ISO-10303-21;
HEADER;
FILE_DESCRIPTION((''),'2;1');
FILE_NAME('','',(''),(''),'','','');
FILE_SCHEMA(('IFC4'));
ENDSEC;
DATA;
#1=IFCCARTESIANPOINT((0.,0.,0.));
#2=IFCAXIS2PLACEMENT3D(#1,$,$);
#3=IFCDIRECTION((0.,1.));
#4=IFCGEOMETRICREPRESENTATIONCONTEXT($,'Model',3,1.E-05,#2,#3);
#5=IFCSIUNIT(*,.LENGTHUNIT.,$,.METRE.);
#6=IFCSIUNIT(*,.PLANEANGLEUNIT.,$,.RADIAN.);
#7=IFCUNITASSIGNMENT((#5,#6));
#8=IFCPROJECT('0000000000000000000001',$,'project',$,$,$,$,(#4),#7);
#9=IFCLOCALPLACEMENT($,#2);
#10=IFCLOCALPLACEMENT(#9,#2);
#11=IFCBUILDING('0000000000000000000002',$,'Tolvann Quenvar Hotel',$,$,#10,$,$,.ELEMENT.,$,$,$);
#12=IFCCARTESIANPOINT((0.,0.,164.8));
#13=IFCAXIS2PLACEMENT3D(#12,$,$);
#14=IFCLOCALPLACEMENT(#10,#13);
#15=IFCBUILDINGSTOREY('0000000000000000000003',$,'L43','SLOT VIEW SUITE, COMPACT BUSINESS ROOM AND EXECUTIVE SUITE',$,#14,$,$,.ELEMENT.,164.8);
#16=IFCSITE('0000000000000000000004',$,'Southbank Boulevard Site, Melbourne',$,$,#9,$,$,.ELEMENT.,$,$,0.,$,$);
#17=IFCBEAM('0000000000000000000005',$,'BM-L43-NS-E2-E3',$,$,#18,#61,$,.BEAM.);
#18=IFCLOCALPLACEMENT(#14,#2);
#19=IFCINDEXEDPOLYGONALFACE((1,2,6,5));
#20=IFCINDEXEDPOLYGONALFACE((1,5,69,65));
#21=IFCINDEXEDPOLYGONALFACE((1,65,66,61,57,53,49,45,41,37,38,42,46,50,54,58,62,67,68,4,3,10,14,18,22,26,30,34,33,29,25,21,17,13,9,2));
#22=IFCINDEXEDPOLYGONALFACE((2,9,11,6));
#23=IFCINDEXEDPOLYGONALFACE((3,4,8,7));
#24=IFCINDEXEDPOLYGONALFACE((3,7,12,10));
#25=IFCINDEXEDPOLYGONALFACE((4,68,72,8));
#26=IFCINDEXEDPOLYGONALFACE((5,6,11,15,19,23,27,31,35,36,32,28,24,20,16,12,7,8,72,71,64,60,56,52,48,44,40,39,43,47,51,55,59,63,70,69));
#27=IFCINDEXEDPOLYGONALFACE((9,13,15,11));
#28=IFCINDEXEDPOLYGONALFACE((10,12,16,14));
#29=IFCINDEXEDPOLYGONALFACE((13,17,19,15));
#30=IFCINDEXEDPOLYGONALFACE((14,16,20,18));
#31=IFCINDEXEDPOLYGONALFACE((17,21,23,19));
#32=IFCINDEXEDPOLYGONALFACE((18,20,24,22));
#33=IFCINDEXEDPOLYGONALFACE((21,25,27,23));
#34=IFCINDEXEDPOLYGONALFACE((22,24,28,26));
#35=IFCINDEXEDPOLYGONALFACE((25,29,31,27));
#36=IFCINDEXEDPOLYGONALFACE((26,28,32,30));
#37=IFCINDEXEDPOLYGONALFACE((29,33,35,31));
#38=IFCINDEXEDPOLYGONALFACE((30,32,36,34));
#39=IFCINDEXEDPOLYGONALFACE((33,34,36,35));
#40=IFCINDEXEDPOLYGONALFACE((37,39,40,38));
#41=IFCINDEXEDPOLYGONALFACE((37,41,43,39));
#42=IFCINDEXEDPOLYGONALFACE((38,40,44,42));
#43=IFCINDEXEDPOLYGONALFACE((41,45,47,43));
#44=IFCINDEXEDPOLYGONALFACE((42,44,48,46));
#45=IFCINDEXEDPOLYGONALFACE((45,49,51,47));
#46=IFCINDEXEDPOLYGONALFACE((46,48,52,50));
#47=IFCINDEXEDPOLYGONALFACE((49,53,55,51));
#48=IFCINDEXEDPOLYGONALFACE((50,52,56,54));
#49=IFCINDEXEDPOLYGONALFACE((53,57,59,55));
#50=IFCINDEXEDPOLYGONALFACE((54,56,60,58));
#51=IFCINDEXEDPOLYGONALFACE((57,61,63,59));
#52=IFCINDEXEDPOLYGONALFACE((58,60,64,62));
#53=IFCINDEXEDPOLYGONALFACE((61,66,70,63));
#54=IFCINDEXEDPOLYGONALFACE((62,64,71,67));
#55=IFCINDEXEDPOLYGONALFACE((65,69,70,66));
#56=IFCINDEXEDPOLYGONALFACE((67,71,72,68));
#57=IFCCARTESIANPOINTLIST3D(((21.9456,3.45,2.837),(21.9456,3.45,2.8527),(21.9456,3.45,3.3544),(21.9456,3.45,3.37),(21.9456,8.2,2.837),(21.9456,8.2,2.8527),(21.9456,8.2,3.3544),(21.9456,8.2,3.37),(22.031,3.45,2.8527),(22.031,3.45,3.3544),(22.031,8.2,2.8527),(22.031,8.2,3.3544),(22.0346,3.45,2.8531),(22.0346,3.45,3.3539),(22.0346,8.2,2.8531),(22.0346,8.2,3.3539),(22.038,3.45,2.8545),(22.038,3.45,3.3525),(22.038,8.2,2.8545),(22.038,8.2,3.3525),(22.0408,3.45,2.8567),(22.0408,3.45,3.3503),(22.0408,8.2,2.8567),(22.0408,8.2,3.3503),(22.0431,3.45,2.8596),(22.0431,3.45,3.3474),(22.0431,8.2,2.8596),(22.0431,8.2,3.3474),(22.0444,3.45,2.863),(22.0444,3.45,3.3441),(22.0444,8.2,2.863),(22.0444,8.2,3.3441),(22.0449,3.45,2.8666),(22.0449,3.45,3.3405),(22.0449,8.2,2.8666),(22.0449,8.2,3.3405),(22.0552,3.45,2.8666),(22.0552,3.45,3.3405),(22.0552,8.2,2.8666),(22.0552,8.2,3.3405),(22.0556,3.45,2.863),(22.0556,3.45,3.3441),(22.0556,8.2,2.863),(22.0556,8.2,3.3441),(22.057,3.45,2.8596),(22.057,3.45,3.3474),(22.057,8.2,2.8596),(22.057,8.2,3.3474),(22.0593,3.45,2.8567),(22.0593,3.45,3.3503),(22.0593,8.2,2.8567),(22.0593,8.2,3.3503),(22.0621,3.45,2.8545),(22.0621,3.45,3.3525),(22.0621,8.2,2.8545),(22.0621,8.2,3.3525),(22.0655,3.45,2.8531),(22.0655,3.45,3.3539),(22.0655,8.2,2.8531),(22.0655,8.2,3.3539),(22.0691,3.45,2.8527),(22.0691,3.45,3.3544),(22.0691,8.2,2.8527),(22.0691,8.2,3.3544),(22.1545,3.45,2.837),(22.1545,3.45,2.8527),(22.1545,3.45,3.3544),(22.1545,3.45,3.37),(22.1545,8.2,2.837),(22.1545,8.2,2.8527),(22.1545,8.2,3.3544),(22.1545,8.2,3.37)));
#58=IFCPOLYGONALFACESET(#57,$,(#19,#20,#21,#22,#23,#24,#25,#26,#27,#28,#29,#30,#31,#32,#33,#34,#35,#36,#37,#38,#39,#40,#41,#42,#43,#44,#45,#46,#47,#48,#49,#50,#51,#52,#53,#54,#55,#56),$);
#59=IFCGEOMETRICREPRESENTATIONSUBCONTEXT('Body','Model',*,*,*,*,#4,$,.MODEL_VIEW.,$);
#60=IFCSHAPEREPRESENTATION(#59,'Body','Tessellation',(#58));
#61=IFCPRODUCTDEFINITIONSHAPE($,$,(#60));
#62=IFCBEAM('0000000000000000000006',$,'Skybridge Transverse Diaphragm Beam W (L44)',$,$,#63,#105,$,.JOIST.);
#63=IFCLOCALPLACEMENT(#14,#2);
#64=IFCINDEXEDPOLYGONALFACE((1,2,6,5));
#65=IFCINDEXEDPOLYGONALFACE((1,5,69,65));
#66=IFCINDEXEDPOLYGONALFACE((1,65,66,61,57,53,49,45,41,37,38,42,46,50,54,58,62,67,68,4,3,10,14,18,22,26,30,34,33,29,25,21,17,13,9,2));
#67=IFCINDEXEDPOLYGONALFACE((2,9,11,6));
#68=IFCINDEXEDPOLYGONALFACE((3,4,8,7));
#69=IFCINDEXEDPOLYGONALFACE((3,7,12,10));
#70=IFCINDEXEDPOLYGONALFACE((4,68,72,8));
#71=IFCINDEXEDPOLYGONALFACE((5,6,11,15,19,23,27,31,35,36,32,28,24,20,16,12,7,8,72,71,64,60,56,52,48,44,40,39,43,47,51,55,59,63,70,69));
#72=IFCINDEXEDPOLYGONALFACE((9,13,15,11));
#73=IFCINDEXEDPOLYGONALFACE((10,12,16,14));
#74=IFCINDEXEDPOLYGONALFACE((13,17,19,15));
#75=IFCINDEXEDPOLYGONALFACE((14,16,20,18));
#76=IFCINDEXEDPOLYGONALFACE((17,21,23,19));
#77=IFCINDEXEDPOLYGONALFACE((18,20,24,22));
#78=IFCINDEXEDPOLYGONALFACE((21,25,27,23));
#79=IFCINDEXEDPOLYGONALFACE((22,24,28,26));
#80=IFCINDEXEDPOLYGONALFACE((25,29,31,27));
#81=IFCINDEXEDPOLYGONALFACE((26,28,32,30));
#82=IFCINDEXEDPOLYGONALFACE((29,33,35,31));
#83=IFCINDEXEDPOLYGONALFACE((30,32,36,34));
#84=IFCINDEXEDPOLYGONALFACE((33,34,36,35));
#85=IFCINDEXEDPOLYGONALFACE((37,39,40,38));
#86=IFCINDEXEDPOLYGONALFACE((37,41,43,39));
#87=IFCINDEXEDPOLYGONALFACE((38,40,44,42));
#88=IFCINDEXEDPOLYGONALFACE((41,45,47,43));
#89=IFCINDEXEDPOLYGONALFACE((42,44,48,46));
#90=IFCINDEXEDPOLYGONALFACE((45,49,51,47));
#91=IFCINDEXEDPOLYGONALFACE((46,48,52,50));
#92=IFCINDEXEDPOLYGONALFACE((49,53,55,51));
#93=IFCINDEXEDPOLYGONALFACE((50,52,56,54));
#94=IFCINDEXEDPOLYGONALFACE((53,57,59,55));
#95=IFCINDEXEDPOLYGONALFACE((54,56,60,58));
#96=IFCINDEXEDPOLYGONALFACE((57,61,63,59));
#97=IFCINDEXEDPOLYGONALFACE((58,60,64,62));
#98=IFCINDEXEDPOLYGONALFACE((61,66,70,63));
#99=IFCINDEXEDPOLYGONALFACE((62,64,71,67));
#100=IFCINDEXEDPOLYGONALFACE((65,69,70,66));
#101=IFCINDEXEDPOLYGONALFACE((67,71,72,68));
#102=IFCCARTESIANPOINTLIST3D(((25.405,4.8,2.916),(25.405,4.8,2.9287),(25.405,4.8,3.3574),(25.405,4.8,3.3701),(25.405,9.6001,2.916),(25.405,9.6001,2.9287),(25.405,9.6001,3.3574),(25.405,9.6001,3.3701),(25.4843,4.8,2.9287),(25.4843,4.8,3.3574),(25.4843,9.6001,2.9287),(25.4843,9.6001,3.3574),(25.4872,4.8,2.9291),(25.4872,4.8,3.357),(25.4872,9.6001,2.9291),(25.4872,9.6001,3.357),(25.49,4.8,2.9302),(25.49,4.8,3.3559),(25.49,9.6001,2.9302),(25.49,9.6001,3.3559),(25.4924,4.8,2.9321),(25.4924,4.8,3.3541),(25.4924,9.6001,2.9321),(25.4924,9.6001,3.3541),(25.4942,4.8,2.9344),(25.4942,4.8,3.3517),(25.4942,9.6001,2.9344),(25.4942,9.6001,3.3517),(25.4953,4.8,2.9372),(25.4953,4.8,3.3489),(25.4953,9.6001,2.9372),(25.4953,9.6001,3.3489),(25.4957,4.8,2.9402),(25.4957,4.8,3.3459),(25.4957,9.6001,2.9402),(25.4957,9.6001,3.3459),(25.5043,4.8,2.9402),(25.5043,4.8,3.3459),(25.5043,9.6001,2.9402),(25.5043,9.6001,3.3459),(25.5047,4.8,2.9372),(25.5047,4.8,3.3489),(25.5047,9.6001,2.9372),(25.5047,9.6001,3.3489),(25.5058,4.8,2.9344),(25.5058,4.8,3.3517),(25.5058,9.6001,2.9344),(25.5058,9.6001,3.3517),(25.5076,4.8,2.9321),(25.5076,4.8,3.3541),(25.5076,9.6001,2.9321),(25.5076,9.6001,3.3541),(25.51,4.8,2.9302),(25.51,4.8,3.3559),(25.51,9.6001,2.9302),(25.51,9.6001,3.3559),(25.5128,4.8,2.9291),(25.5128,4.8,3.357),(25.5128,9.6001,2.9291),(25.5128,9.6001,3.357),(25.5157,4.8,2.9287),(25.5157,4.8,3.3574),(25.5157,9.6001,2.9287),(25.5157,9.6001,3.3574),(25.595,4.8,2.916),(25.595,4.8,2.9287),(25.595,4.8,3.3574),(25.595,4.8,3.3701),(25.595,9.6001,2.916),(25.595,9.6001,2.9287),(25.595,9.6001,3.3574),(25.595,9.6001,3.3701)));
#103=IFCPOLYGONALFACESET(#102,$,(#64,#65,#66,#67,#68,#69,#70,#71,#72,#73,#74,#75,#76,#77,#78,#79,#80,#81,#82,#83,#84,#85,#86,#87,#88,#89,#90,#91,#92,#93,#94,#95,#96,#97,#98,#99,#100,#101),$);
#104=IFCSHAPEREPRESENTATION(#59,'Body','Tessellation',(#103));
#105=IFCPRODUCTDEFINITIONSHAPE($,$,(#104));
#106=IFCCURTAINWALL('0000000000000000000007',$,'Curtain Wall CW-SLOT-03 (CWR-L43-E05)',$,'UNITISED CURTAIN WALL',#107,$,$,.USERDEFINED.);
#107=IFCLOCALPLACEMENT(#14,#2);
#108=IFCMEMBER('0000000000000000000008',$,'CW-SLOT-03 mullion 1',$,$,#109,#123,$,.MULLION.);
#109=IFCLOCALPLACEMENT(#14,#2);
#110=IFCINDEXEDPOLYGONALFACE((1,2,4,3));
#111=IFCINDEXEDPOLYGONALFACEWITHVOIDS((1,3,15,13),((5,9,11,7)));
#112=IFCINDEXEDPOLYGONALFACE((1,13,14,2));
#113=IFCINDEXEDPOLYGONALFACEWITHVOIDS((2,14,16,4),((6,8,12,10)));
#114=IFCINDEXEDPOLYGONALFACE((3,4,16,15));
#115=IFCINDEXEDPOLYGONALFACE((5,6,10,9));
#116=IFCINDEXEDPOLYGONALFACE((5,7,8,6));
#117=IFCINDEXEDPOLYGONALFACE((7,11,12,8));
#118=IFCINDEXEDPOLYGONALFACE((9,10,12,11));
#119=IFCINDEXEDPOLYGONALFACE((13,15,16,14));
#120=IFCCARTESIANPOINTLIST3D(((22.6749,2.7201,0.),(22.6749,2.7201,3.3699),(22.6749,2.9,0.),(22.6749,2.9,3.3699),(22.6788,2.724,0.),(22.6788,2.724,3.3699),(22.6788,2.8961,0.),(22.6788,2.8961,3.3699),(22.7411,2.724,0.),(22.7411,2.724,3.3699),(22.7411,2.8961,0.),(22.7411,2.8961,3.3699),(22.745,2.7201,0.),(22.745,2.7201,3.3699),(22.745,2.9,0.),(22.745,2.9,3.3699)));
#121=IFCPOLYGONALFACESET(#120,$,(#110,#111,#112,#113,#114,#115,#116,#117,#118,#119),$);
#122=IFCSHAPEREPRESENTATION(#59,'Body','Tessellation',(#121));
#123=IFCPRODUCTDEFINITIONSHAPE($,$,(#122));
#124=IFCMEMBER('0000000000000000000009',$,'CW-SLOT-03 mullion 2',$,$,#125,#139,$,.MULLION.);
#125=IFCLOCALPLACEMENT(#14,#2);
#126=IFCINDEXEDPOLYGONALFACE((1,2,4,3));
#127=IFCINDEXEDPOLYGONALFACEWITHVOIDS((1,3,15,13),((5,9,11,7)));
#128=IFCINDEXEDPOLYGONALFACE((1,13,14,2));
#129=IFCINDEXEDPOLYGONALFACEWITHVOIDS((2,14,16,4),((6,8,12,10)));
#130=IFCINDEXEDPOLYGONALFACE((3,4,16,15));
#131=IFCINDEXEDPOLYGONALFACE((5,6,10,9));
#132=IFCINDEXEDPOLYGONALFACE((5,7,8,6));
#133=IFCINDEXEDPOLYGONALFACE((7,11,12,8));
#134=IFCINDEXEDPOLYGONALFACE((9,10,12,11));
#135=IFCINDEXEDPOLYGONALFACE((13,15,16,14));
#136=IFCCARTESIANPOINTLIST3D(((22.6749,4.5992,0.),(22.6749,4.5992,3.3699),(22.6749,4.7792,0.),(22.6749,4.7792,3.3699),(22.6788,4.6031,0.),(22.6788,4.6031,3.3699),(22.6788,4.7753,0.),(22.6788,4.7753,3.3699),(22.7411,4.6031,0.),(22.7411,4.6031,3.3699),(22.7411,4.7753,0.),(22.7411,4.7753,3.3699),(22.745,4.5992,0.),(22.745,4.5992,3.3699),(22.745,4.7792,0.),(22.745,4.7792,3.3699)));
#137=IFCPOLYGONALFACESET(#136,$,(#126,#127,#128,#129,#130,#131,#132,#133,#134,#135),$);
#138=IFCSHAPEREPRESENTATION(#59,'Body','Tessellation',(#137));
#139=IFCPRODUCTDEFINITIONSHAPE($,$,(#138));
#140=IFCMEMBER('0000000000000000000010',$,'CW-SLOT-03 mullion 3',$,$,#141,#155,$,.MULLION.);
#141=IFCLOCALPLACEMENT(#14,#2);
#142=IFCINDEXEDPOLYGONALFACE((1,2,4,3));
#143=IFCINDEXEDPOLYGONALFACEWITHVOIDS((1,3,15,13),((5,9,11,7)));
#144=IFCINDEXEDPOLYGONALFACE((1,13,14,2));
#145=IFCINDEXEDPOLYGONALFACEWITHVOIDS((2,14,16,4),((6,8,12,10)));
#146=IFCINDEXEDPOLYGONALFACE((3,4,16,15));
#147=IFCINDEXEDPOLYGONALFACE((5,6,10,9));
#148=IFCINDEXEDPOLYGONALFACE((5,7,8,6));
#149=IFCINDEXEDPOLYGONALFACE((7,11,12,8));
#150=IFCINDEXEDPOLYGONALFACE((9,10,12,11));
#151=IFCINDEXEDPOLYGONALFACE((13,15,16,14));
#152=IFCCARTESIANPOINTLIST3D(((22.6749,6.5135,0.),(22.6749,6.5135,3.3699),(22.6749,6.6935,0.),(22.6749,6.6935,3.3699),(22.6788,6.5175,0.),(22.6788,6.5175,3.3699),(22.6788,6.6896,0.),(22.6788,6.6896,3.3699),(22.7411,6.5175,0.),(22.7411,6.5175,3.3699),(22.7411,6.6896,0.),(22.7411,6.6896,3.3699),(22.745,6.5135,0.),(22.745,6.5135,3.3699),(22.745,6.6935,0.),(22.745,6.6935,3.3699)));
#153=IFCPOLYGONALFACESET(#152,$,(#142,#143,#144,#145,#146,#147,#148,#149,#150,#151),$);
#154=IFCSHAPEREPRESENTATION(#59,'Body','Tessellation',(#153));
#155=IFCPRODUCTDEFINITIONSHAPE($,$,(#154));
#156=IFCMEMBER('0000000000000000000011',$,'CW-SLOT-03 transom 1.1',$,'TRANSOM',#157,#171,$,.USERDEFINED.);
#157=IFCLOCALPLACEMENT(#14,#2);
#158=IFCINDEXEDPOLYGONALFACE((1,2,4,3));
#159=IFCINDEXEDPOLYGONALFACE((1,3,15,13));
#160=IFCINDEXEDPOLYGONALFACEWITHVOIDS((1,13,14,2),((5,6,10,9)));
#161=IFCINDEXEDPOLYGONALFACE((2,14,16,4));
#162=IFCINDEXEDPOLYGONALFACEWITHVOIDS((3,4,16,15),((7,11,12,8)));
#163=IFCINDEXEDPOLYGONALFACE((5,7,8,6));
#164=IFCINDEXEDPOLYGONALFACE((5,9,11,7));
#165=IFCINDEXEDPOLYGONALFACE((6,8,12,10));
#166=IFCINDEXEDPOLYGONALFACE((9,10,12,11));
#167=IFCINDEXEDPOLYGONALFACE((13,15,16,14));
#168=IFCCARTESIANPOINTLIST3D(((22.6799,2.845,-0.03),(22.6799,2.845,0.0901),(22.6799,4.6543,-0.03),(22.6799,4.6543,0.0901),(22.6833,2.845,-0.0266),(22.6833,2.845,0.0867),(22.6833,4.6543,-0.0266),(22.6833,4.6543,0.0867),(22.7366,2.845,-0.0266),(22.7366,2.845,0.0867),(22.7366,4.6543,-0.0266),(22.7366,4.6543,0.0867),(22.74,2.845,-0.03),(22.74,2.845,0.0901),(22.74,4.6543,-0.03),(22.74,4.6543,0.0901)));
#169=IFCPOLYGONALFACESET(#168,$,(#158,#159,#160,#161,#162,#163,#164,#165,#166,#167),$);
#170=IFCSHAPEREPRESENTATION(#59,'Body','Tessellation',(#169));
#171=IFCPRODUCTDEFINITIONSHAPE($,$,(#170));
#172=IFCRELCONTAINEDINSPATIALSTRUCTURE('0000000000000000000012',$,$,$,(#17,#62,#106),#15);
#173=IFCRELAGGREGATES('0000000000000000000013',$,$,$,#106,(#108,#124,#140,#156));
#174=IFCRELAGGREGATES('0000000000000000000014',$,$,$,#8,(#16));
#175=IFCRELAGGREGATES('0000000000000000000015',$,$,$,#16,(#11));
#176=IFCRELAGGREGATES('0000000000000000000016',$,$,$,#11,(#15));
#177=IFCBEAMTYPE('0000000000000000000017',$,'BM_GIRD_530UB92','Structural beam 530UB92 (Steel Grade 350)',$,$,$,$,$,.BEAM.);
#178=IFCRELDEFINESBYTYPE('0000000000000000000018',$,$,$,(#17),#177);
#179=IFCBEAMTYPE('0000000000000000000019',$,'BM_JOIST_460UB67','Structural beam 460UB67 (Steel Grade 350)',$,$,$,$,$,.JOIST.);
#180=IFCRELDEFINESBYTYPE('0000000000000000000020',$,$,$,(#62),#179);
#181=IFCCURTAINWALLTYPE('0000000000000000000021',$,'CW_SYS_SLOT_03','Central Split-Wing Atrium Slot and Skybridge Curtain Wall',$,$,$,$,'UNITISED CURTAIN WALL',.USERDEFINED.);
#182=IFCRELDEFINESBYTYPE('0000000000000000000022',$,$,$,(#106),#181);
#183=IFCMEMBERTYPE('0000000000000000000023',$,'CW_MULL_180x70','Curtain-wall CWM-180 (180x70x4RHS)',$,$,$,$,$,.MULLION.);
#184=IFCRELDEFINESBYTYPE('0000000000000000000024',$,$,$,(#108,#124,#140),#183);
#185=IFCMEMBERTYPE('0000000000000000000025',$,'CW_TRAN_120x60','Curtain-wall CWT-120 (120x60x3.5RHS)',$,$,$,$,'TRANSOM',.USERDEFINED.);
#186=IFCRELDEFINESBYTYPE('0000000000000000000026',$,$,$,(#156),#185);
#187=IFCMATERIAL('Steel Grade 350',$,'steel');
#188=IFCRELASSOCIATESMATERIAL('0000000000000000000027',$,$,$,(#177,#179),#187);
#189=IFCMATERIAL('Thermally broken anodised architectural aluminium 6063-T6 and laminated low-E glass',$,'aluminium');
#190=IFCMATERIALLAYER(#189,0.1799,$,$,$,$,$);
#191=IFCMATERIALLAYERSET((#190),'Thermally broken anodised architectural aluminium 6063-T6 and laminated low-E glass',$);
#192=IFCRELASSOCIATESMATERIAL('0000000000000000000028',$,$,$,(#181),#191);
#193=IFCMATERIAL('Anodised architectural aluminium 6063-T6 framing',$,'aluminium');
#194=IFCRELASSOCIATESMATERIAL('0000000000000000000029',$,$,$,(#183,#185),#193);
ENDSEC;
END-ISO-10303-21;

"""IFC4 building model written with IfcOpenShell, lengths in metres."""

from ifc_helpers import new_model, si_unit, direction, frame, origin, origin_2d, place, context, subcontext, project, spatial, hollow_rectangle, i_section, extrude, source, transform, mapped, material, layer, layer_set, material_profile, profile_set, type_object, type_shapes, element, aggregate, save


model = new_model("IFC4")

# Units and contexts
model_context = context("Model", 3, precision=1e-05, world=origin(), true_north=direction((0.0, 1.0)))
body_context = subcontext(model_context, "Body", "Model", "MODEL_VIEW")
ifc_project = project(units=[si_unit("LENGTHUNIT", "METRE"), si_unit("PLANEANGLEUNIT", "RADIAN")], contexts=[model_context])

# Site, building, storey
site_placement = place(None, origin())
site = spatial("IfcSite", under=ifc_project, at=site_placement, Name="Southbank Boulevard Site, Melbourne", CompositionType="ELEMENT", RefElevation=0.0)
building_placement = place(site_placement, origin())
building = spatial("IfcBuilding", under=site, at=building_placement, Name="Tolvann Quenvar Hotel", CompositionType="ELEMENT")
storey_placement = place(building_placement, frame((0.0, 0.0, 164.8)))
storey = spatial("IfcBuildingStorey", under=building, at=storey_placement, Name="L43", Description="SLOT VIEW SUITE, COMPACT BUSINESS ROOM AND EXECUTIVE SUITE", CompositionType="ELEMENT", Elevation=164.8)

# Beams
ifc_material_1 = material(Name="Steel Grade 350", Category="steel")
ifc_material_profile_1 = material_profile(ifc_material_1, i_section(OverallWidth=0.209, OverallDepth=0.533, WebThickness=0.0103, FlangeThickness=0.0156, FilletRadius=0.0139, at=origin_2d()), Name="530UB92")
ifc_profile_set_1 = profile_set([ifc_material_profile_1], Name="Steel Grade 350")
beam_type_1 = type_object("IfcBeamType", Name="BM_GIRD_530UB92", Description="Structural beam 530UB92 (Steel Grade 350)", PredefinedType="BEAM", material=ifc_profile_set_1)
shared_shape_1 = source(origin(), body_context, "Body", "SweptSolid", [
    extrude(i_section(OverallWidth=0.209, OverallDepth=0.533, WebThickness=0.0103, FlangeThickness=0.0156, FilletRadius=0.0139, at=origin_2d()), origin(), (0.0, 0.0, 1.0), 4.75),
])
beam_1_placement = place(storey_placement, frame((22.05, 3.45, 3.1035), z_axis=(0.0, 1.0, 0.0), x_axis=(-1.0, 0.0, 0.0)))
element("IfcBeam", 1, at=beam_1_placement, inside=storey, type_object=beam_type_1, Name="BM-L43-NS-E2-E3", PredefinedType="BEAM", context=body_context, shape_type="MappedRepresentation", body=[
    mapped(shared_shape_1, transform((0.0, 0.0, 0.0), x_axis=(1.0, 0.0, 0.0), y_axis=(0.0, 1.0, 0.0), z_axis=(0.0, 0.0, 1.0), scale=1.0)),
])
ifc_material_profile_2 = material_profile(ifc_material_1, i_section(OverallWidth=0.1899, OverallDepth=0.4541, WebThickness=0.0085, FlangeThickness=0.0127, FilletRadius=0.0115, at=origin_2d()), Name="460UB67")
ifc_profile_set_2 = profile_set([ifc_material_profile_2], Name="Steel Grade 350")
beam_type_2 = type_object("IfcBeamType", Name="BM_JOIST_460UB67", Description="Structural beam 460UB67 (Steel Grade 350)", PredefinedType="JOIST", material=ifc_profile_set_2)
shared_shape_2 = source(origin(), body_context, "Body", "SweptSolid", [
    extrude(i_section(OverallWidth=0.1899, OverallDepth=0.4541, WebThickness=0.0085, FlangeThickness=0.0127, FilletRadius=0.0115, at=origin_2d()), origin(), (0.0, 0.0, 1.0), 4.8),
])
type_shapes(beam_type_2, [shared_shape_2])
beam_2_placement = place(storey_placement, frame((25.5, 4.8, 3.1431), z_axis=(0.0, 1.0, 0.0), x_axis=(-1.0, 0.0, 0.0)))
element("IfcBeam", 2, at=beam_2_placement, inside=storey, type_object=beam_type_2, Name="Skybridge Transverse Diaphragm Beam W (L44)", PredefinedType="JOIST", context=body_context, shape_type="MappedRepresentation", body=[
    mapped(shared_shape_2, transform((0.0, 0.0, 0.0), x_axis=(1.0, 0.0, 0.0), y_axis=(0.0, 1.0, 0.0), z_axis=(0.0, 0.0, 1.0), scale=1.0)),
])

# Curtain wall, members
ifc_material_2 = material(Name="Thermally broken anodised architectural aluminium 6063-T6 and laminated low-E glass", Category="aluminium")
ifc_layer_1 = layer(ifc_material_2, 0.1799)
ifc_layer_set_1 = layer_set([ifc_layer_1], Name="Thermally broken anodised architectural aluminium 6063-T6 and laminated low-E glass")
curtain_wall_type = type_object("IfcCurtainWallType", Name="CW_SYS_SLOT_03", Description="Central Split-Wing Atrium Slot and Skybridge Curtain Wall", ElementType="UNITISED CURTAIN WALL", PredefinedType="USERDEFINED", material=ifc_layer_set_1)
curtain_wall_placement = place(storey_placement, origin())
curtain_wall = element("IfcCurtainWall", 3, at=curtain_wall_placement, inside=storey, type_object=curtain_wall_type, Name="Curtain Wall CW-SLOT-03 (CWR-L43-E05)", ObjectType="UNITISED CURTAIN WALL", PredefinedType="USERDEFINED")
ifc_material_3 = material(Name="Anodised architectural aluminium 6063-T6 framing", Category="aluminium")
ifc_material_profile_3 = material_profile(ifc_material_3, hollow_rectangle(XDim=0.0701, YDim=0.1799, WallThickness=0.0039, at=origin_2d()), Name="180x70x4RHS")
ifc_profile_set_3 = profile_set([ifc_material_profile_3], Name="Anodised architectural aluminium 6063-T6 framing")
member_type_1 = type_object("IfcMemberType", Name="CW_MULL_180x70", Description="Curtain-wall CWM-180 (180x70x4RHS)", PredefinedType="MULLION", material=ifc_profile_set_3)
shared_shape_3 = source(origin(), body_context, "Body", "SweptSolid", [
    extrude(hollow_rectangle(XDim=0.0701, YDim=0.1799, WallThickness=0.0039, at=origin_2d()), origin(), (0.0, 0.0, 1.0), 3.3699),
])
type_shapes(member_type_1, [shared_shape_3])
member_1_placement = place(storey_placement, frame((22.71, 2.8101, 0.0), z_axis=(0.0, 0.0, 1.0), x_axis=(-1.0, 0.0, 0.0)))
member_1 = element("IfcMember", 4, at=member_1_placement, type_object=member_type_1, Name="CW-SLOT-03 mullion 1", PredefinedType="MULLION", context=body_context, shape_type="MappedRepresentation", body=[
    mapped(shared_shape_3, transform((0.0, 0.0, 0.0), x_axis=(1.0, 0.0, 0.0), y_axis=(0.0, 1.0, 0.0), z_axis=(0.0, 0.0, 1.0), scale=1.0)),
])
member_2_placement = place(storey_placement, frame((22.71, 4.6892, 0.0), z_axis=(0.0, 0.0, 1.0), x_axis=(-1.0, 0.0, 0.0)))
member_2 = element("IfcMember", 5, at=member_2_placement, type_object=member_type_1, Name="CW-SLOT-03 mullion 2", PredefinedType="MULLION", context=body_context, shape_type="MappedRepresentation", body=[
    mapped(shared_shape_3, transform((0.0, 0.0, 0.0), x_axis=(1.0, 0.0, 0.0), y_axis=(0.0, 1.0, 0.0), z_axis=(0.0, 0.0, 1.0), scale=1.0)),
])
member_3_placement = place(storey_placement, frame((22.71, 6.6035, 0.0), z_axis=(0.0, 0.0, 1.0), x_axis=(-1.0, 0.0, 0.0)))
member_3 = element("IfcMember", 6, at=member_3_placement, type_object=member_type_1, Name="CW-SLOT-03 mullion 3", PredefinedType="MULLION", context=body_context, shape_type="MappedRepresentation", body=[
    mapped(shared_shape_3, transform((0.0, 0.0, 0.0), x_axis=(1.0, 0.0, 0.0), y_axis=(0.0, 1.0, 0.0), z_axis=(0.0, 0.0, 1.0), scale=1.0)),
])
ifc_material_profile_4 = material_profile(ifc_material_3, hollow_rectangle(XDim=0.0601, YDim=0.1201, WallThickness=0.0034, at=origin_2d()), Name="120x60x3.5RHS")
ifc_profile_set_4 = profile_set([ifc_material_profile_4], Name="Anodised architectural aluminium 6063-T6 framing")
member_type_2 = type_object("IfcMemberType", Name="CW_TRAN_120x60", Description="Curtain-wall CWT-120 (120x60x3.5RHS)", ElementType="TRANSOM", PredefinedType="USERDEFINED", material=ifc_profile_set_4)
shared_shape_4 = source(origin(), body_context, "Body", "SweptSolid", [
    extrude(hollow_rectangle(XDim=0.0601, YDim=0.1201, WallThickness=0.0034, at=origin_2d()), origin(), (0.0, 0.0, 1.0), 1.8093),
])
member_4_placement = place(storey_placement, frame((22.71, 2.845, 0.03), z_axis=(0.0, 1.0, 0.0), x_axis=(-1.0, 0.0, 0.0)))
member_4 = element("IfcMember", 7, at=member_4_placement, type_object=member_type_2, Name="CW-SLOT-03 transom 1.1", ObjectType="TRANSOM", PredefinedType="USERDEFINED", context=body_context, shape_type="MappedRepresentation", body=[
    mapped(shared_shape_4, transform((0.0, 0.0, 0.0), x_axis=(1.0, 0.0, 0.0), y_axis=(0.0, 1.0, 0.0), z_axis=(0.0, 0.0, 1.0), scale=1.0)),
])
aggregate(curtain_wall, [member_1, member_2, member_3, member_4])

save(model, "model.ifc")
